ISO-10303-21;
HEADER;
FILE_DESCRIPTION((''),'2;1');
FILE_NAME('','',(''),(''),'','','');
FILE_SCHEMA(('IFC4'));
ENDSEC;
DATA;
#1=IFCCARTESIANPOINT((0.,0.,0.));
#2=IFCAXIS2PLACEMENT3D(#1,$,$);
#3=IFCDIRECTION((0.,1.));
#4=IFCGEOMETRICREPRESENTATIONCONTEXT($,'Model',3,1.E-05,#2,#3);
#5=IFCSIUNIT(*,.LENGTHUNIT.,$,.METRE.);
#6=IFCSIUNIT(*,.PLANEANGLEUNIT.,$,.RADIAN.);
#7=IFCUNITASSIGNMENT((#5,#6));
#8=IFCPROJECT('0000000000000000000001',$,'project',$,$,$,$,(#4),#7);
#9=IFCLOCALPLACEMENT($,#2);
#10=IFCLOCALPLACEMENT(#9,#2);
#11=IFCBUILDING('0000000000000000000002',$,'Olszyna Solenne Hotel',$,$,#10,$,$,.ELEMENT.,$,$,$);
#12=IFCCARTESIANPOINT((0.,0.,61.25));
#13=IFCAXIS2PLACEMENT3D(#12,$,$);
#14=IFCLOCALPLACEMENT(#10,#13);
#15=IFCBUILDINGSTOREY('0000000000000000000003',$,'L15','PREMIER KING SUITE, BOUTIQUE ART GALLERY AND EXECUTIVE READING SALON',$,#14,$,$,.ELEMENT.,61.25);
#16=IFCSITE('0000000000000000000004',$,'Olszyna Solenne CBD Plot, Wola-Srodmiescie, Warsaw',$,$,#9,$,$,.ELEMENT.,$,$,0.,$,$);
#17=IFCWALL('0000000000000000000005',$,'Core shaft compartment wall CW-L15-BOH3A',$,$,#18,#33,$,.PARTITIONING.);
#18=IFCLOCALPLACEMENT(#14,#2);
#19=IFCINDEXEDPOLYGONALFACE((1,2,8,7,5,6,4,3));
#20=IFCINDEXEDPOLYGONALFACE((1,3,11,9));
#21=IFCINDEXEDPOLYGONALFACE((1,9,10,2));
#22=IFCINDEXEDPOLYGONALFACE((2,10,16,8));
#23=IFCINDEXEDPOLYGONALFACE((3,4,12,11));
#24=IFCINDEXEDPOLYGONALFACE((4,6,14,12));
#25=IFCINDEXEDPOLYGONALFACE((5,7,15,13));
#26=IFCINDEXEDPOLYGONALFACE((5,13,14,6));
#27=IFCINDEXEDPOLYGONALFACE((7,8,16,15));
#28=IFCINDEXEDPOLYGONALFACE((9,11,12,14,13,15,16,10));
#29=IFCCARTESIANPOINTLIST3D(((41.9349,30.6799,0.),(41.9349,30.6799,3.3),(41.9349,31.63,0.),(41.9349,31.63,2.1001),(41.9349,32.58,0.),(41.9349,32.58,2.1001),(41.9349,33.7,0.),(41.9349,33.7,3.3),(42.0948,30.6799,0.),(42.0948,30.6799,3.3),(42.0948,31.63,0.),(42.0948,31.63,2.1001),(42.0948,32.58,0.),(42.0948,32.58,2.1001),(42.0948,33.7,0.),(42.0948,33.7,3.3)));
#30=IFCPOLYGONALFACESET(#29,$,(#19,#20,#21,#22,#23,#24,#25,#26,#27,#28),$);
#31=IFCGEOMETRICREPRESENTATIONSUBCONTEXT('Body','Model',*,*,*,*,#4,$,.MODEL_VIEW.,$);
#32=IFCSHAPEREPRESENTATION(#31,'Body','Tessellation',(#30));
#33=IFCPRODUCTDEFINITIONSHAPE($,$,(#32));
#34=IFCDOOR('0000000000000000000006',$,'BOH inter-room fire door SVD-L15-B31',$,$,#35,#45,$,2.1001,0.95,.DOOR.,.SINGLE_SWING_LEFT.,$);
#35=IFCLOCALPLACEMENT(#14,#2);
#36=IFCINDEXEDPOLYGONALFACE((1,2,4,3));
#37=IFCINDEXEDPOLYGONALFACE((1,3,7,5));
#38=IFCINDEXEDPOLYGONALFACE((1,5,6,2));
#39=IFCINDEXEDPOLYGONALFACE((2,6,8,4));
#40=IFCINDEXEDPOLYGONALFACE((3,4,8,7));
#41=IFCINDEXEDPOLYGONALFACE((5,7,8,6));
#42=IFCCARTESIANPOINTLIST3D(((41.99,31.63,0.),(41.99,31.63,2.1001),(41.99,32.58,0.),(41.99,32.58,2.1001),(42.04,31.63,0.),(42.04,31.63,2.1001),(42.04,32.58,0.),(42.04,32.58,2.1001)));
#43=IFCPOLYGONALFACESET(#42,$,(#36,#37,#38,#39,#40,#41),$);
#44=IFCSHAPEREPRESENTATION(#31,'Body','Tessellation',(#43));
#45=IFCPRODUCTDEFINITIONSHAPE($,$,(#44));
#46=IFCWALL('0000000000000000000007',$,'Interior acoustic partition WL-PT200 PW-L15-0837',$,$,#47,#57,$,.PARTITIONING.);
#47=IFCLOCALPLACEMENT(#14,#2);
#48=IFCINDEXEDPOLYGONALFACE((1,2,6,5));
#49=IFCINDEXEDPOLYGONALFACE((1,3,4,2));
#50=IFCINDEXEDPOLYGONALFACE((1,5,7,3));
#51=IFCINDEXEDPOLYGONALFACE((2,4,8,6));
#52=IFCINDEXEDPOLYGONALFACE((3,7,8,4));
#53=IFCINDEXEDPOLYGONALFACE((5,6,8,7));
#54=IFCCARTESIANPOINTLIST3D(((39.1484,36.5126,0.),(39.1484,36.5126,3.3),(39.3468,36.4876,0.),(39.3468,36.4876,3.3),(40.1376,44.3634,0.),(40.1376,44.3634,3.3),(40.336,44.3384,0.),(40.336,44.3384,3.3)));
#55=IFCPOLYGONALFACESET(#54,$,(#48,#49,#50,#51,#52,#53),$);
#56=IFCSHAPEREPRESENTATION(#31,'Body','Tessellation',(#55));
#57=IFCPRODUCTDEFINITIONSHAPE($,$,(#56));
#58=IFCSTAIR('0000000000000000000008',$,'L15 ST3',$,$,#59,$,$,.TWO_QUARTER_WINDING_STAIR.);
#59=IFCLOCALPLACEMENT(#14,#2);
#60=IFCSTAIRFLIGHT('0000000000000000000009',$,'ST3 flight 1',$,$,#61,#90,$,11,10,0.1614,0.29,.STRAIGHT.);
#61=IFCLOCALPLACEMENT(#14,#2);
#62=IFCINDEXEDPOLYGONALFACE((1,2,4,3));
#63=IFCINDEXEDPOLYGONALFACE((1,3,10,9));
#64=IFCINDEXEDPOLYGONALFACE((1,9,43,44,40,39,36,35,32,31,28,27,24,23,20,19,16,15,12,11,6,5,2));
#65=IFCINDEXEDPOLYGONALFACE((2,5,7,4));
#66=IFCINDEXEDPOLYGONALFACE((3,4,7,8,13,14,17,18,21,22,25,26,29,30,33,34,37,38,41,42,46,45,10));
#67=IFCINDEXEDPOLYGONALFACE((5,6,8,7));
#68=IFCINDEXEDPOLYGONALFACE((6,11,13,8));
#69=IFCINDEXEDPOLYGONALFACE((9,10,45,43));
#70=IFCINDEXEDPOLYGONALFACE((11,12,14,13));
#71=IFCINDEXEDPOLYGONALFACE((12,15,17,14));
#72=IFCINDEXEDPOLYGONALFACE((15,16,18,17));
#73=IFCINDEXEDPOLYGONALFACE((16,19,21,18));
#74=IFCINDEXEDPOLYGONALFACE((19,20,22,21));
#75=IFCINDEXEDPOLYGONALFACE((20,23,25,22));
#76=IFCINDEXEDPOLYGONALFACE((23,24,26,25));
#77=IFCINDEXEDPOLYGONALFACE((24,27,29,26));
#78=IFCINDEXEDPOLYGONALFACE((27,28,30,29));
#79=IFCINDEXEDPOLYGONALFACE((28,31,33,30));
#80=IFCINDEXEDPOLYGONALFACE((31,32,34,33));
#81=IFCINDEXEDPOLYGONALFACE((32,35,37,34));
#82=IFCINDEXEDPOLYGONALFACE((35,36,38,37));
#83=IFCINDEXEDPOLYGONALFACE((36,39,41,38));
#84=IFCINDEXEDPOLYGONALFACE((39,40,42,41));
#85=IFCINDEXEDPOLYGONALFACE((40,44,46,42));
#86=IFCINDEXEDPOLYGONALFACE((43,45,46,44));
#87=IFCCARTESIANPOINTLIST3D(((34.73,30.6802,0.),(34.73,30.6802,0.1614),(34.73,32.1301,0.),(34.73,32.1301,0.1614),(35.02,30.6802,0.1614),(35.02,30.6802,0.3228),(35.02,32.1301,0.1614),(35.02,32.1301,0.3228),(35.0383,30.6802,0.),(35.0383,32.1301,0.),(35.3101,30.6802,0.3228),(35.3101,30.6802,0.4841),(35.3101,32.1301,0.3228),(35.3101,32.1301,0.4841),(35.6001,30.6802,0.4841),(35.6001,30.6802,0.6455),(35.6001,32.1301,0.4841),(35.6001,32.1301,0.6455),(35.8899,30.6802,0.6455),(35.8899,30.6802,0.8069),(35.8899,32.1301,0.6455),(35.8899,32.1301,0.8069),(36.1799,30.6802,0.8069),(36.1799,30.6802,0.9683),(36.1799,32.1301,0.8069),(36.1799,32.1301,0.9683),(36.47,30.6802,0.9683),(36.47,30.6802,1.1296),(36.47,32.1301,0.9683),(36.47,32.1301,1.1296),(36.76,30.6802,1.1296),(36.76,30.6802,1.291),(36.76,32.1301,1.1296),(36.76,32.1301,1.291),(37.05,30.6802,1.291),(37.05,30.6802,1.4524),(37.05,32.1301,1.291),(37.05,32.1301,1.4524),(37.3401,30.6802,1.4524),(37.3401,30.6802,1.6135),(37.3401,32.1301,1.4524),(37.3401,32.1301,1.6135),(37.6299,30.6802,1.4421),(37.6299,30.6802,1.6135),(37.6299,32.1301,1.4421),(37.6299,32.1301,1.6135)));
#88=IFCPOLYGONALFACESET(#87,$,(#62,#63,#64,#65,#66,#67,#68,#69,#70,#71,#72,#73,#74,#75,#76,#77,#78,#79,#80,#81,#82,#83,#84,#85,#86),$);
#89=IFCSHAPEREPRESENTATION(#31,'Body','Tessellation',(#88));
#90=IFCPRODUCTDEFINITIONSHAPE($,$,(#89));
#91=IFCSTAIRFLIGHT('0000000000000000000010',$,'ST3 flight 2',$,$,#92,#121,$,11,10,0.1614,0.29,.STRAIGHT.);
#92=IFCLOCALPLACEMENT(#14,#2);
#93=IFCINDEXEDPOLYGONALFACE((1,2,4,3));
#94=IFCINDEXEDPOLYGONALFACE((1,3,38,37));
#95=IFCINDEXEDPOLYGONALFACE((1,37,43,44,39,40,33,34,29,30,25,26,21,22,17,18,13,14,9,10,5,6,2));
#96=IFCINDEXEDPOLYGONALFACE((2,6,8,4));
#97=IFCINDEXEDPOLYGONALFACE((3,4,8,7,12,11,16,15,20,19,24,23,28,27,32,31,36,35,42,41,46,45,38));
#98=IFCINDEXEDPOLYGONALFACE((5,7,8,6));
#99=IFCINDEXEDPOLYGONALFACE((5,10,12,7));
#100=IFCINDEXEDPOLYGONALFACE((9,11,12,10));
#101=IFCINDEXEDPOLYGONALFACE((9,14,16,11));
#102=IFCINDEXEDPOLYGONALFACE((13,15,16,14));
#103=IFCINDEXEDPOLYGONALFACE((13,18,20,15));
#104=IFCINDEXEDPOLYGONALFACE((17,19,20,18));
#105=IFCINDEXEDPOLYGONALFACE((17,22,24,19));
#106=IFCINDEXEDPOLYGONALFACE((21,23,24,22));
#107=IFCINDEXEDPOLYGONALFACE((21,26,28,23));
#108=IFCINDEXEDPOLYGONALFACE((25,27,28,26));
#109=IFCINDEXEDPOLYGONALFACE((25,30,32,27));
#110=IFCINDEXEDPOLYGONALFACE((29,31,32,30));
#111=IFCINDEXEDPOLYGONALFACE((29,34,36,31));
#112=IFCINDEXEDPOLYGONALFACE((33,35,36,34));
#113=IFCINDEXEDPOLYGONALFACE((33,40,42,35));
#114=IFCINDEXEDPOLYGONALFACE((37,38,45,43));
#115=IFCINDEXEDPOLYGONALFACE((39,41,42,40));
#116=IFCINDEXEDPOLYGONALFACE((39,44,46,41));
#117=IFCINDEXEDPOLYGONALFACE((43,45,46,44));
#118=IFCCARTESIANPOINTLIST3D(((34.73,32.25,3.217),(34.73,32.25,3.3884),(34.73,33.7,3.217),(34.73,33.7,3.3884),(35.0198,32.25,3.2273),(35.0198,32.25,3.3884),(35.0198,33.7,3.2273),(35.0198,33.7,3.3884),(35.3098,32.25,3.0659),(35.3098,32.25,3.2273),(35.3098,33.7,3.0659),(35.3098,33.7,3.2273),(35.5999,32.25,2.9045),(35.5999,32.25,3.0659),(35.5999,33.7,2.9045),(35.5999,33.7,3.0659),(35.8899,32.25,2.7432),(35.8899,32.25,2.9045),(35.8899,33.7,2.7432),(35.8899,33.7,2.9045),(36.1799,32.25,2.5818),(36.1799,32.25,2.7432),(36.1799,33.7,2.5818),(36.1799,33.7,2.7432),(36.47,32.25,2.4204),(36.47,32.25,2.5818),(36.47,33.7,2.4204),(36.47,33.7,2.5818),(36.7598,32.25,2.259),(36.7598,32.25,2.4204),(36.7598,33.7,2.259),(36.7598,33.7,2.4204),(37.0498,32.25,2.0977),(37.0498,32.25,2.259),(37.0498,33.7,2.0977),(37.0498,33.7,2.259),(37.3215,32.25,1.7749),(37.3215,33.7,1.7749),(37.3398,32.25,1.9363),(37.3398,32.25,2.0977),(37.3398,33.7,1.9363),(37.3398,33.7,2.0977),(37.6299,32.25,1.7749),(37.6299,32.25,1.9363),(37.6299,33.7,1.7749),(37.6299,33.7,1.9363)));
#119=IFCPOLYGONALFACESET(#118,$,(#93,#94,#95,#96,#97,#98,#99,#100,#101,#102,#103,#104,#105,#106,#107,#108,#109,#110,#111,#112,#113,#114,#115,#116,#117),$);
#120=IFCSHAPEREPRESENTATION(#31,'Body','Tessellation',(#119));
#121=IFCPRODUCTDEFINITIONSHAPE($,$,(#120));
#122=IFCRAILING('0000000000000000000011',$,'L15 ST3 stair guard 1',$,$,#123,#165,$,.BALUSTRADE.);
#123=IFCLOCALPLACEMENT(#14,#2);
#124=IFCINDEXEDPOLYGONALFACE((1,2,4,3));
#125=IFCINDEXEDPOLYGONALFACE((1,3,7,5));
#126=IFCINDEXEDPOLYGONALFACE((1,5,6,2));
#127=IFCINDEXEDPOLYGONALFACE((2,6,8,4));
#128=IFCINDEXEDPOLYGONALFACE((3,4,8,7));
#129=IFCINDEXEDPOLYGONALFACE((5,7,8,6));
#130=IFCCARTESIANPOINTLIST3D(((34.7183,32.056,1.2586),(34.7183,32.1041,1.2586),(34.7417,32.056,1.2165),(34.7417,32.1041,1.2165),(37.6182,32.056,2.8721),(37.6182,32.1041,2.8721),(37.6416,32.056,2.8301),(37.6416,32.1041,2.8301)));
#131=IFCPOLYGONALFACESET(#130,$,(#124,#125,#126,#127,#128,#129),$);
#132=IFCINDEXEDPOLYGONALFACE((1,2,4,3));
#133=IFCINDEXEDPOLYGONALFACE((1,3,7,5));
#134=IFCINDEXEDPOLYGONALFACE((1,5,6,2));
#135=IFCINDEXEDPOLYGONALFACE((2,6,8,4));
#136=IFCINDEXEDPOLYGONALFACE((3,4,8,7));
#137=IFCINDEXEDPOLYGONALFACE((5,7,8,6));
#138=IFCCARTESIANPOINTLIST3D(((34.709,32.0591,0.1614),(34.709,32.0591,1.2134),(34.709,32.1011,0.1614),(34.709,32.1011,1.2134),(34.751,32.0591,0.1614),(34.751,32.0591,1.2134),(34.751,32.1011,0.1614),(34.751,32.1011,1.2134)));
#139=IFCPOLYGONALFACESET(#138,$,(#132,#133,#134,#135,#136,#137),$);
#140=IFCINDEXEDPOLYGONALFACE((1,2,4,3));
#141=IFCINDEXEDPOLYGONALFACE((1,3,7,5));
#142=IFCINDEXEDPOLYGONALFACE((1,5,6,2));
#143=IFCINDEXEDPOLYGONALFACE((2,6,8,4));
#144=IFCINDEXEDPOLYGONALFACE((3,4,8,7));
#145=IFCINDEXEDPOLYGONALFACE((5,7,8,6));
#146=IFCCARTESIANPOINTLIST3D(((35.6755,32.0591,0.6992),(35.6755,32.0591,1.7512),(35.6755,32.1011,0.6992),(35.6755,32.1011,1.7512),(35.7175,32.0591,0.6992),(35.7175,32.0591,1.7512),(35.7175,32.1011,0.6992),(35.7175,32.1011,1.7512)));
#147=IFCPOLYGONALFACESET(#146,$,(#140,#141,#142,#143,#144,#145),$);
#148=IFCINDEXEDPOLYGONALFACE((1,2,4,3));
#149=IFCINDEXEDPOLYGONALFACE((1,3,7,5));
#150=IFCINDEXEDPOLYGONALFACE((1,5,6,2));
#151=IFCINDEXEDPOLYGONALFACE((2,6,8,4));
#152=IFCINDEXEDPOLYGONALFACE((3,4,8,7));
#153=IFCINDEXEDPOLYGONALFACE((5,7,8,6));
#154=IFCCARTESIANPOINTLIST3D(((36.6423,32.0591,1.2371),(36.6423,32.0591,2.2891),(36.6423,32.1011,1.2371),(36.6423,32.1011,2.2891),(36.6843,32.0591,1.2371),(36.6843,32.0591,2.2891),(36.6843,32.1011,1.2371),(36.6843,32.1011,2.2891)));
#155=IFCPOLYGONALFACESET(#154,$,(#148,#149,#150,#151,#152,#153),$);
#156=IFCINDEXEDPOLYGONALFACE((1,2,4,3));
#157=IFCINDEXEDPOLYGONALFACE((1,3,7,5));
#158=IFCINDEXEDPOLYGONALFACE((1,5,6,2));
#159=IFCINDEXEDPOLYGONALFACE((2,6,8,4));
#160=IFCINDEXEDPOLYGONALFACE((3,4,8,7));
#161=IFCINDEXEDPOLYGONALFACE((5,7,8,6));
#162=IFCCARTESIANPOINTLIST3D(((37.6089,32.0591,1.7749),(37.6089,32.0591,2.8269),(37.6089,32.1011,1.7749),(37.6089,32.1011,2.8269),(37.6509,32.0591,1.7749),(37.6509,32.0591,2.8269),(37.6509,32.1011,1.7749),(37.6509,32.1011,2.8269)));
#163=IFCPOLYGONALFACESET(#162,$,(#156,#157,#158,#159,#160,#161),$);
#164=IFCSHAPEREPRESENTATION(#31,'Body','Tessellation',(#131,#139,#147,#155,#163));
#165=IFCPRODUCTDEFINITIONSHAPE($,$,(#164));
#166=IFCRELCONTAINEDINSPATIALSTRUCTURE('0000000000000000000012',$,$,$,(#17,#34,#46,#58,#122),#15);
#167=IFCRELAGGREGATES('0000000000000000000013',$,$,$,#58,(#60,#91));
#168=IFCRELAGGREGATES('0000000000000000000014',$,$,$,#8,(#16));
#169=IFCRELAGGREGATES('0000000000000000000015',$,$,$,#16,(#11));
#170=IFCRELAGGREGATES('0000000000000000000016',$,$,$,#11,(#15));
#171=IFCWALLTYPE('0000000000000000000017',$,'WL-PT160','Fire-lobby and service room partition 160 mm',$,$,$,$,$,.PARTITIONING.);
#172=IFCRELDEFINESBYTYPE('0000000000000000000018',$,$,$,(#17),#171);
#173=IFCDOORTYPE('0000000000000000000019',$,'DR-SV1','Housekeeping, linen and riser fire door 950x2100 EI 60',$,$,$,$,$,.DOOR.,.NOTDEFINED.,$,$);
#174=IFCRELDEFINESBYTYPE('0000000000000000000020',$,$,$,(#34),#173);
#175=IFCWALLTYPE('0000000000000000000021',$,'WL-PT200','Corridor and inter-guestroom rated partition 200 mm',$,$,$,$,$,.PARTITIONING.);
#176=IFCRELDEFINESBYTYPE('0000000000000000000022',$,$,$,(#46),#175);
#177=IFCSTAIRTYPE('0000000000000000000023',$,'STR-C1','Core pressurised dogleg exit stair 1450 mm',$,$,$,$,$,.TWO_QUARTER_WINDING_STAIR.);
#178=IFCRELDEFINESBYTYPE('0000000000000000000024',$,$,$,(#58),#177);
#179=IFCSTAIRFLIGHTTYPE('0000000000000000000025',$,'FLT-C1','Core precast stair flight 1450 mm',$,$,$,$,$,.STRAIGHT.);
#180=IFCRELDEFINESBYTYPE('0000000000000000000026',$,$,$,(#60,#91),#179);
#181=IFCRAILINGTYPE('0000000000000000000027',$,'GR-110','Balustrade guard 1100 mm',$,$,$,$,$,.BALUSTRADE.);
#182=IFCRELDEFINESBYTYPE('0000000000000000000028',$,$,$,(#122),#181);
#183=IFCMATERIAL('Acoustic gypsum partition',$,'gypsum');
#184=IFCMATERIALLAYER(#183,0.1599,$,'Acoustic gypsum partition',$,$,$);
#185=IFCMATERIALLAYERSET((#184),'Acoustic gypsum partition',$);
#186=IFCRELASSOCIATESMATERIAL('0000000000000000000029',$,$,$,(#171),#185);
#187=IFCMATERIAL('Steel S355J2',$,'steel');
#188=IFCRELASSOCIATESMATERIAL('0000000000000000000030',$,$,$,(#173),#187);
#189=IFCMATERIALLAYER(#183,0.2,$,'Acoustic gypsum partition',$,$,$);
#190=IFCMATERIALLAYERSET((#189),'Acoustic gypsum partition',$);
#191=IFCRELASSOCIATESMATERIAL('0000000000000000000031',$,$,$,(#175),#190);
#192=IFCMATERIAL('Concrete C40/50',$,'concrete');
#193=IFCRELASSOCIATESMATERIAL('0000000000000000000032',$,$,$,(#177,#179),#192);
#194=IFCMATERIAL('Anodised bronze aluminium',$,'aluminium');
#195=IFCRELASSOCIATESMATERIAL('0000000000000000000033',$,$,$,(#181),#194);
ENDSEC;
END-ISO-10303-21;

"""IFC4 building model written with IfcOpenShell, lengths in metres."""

from ifc_helpers import new_model, si_unit, direction, frame, frame_2d, origin, origin_2d, place, context, subcontext, project, spatial, polyline, rectangle, outline, extrude, source, transform, mapped, material, layer, layer_set, type_object, type_shapes, element, fill, aggregate, save


model = new_model("IFC4")

# Units and contexts
model_context = context("Model", 3, precision=1e-05, world=origin(), true_north=direction((0.0, 1.0)))
body_context = subcontext(model_context, "Body", "Model", "MODEL_VIEW")
ifc_project = project(units=[si_unit("LENGTHUNIT", "METRE"), si_unit("PLANEANGLEUNIT", "RADIAN")], contexts=[model_context])

# Site, building, storey
site_placement = place(None, origin())
site = spatial("IfcSite", under=ifc_project, at=site_placement, Name="Olszyna Solenne CBD Plot, Wola-Srodmiescie, Warsaw", CompositionType="ELEMENT", RefElevation=0.0)
building_placement = place(site_placement, origin())
building = spatial("IfcBuilding", under=site, at=building_placement, Name="Olszyna Solenne Hotel", CompositionType="ELEMENT")
storey_placement = place(building_placement, frame((0.0, 0.0, 61.25)))
storey = spatial("IfcBuildingStorey", under=building, at=storey_placement, Name="L15", Description="PREMIER KING SUITE, BOUTIQUE ART GALLERY AND EXECUTIVE READING SALON", CompositionType="ELEMENT", Elevation=61.25)

# Shared definitions
ifc_material_1 = material(Name="Steel S355J2", Category="steel")

# Shared definitions
ifc_material_2 = material(Name="Anodised bronze aluminium", Category="aluminium")

# Shared definitions
ifc_material_3 = material(Name="Acoustic gypsum partition", Category="gypsum")

# Shared definitions
ifc_layer_1 = layer(ifc_material_3, 0.1599, Name="Acoustic gypsum partition")
ifc_layer_set_1 = layer_set([ifc_layer_1], Name="Acoustic gypsum partition")
wall_type_1 = type_object("IfcWallType", Name="WL-PT160", Description="Fire-lobby and service room partition 160 mm", PredefinedType="PARTITIONING", material=ifc_layer_set_1)

# Wall, opening, door
wall_1_placement = place(storey_placement, frame((42.0149, 30.6799, 0.0), z_axis=(0.0, 0.0, 1.0), x_axis=(0.0, 1.0, 0.0)))
wall_1 = element("IfcWall", 1, at=wall_1_placement, inside=storey, type_object=wall_type_1, Name="Core shaft compartment wall CW-L15-BOH3A", PredefinedType="PARTITIONING", context=body_context, shape_type="SweptSolid", body=[
    extrude(rectangle(XDim=3.02, YDim=0.1599, at=frame_2d((1.51, 0.0))), origin(), (0.0, 0.0, 1.0), 3.3),
])
opening_1_placement = place(wall_1_placement, frame((0.95, 0.0, 0.0)))
opening_1 = element("IfcOpeningElement", 2, at=opening_1_placement, cuts=wall_1, PredefinedType="OPENING", context=body_context, shape_type="SweptSolid", body=[
    extrude(rectangle(XDim=0.95, YDim=2.1001, at=frame_2d((0.4751, 1.05))), frame((0.0, 0.0898, 0.0), z_axis=(0.0, -1.0, 0.0), x_axis=(1.0, 0.0, 0.0)), (0.0, 0.0, 1.0), 0.1799),
])
door_type_1 = type_object("IfcDoorType", Name="DR-SV1", Description="Housekeeping, linen and riser fire door 950x2100 EI 60", OperationType="NOTDEFINED", PredefinedType="DOOR", material=ifc_material_1)
shared_shape_1 = source(origin(), body_context, "Body", "SweptSolid", [
    extrude(rectangle(XDim=0.95, YDim=2.1001, at=frame_2d((0.4751, 1.05))), frame((0.0, 0.0249, 0.0), z_axis=(0.0, -1.0, 0.0), x_axis=(1.0, 0.0, 0.0)), (0.0, 0.0, 1.0), 0.05),
])
type_shapes(door_type_1, [shared_shape_1])
door_1_placement = place(opening_1_placement, origin())
door_1 = element("IfcDoor", 3, at=door_1_placement, inside=storey, type_object=door_type_1, Name="BOH inter-room fire door SVD-L15-B31", OperationType="SINGLE_SWING_LEFT", OverallHeight=2.1001, OverallWidth=0.95, PredefinedType="DOOR", context=body_context, shape_type="MappedRepresentation", body=[
    mapped(shared_shape_1, transform((0.0, 0.0, 0.0), x_axis=(1.0, 0.0, 0.0), y_axis=(0.0, 1.0, 0.0), z_axis=(0.0, 0.0, 1.0), scale=1.0)),
])
fill(opening_1, door_1)

# Wall
ifc_layer_2 = layer(ifc_material_3, 0.2, Name="Acoustic gypsum partition")
ifc_layer_set_2 = layer_set([ifc_layer_2], Name="Acoustic gypsum partition")
wall_type_2 = type_object("IfcWallType", Name="WL-PT200", Description="Corridor and inter-guestroom rated partition 200 mm", PredefinedType="PARTITIONING", material=ifc_layer_set_2)
wall_2_placement = place(storey_placement, frame((39.2476, 36.5, 0.0), z_axis=(0.0, 0.0, 1.0), x_axis=(0.125018, 0.992154, 0.0)))
element("IfcWall", 4, at=wall_2_placement, inside=storey, type_object=wall_type_2, Name="Interior acoustic partition WL-PT200 PW-L15-0837", PredefinedType="PARTITIONING", context=body_context, shape_type="SweptSolid", body=[
    extrude(rectangle(XDim=7.9128, YDim=0.2, at=frame_2d((3.9565, 0.0))), origin(), (0.0, 0.0, 1.0), 3.3),
])

# Stair, stair flights
ifc_material_4 = material(Name="Concrete C40/50", Category="concrete")
stair_type = type_object("IfcStairType", Name="STR-C1", Description="Core pressurised dogleg exit stair 1450 mm", PredefinedType="TWO_QUARTER_WINDING_STAIR", material=ifc_material_4)
stair_placement = place(storey_placement, origin())
stair = element("IfcStair", 5, at=stair_placement, inside=storey, type_object=stair_type, Name="L15 ST3", PredefinedType="TWO_QUARTER_WINDING_STAIR")
stair_flight_type = type_object("IfcStairFlightType", Name="FLT-C1", Description="Core precast stair flight 1450 mm", PredefinedType="STRAIGHT", material=ifc_material_4)
stair_flight_1_placement = place(storey_placement, frame((34.73, 31.405, 0.0), z_axis=(0.0, 0.0, 1.0), x_axis=(1.0, 0.0, 0.0)))
stair_flight_1 = element("IfcStairFlight", 6, at=stair_flight_1_placement, type_object=stair_flight_type, Name="ST3 flight 1", NumberOfRisers=11, NumberOfTreads=10, PredefinedType="STRAIGHT", RiserHeight=0.1614, TreadLength=0.29, context=body_context, shape_type="SweptSolid", body=[
    extrude(outline(polyline([(0.0, 0.0), (0.0, 0.1614), (0.29, 0.1614), (0.29, 0.3228), (0.5801, 0.3228), (0.5801, 0.4841), (0.8701, 0.4841), (0.8701, 0.6455), (1.1599, 0.6455), (1.1599, 0.8069), (1.45, 0.8069), (1.45, 0.9683), (1.74, 0.9683), (1.74, 1.1296), (2.03, 1.1296), (2.03, 1.291), (2.3201, 1.291), (2.3201, 1.4524), (2.6101, 1.4524), (2.6101, 1.6135), (2.8999, 1.6135), (2.8999, 1.7749), (2.8999, 1.4421), (0.3083, 0.0), (0.0, 0.0)])), frame((0.0, 0.7251, 0.0), z_axis=(0.0, -1.0, 0.0), x_axis=(1.0, 0.0, 0.0)), (0.0, 0.0, 1.0), 1.45),
])
stair_flight_2_placement = place(storey_placement, frame((37.6299, 32.9751, 1.7749), z_axis=(0.0, 0.0, 1.0), x_axis=(-1.0, 0.0, 0.0)))
stair_flight_2 = element("IfcStairFlight", 7, at=stair_flight_2_placement, type_object=stair_flight_type, Name="ST3 flight 2", NumberOfRisers=11, NumberOfTreads=10, PredefinedType="STRAIGHT", RiserHeight=0.1614, TreadLength=0.29, context=body_context, shape_type="SweptSolid", body=[
    extrude(outline(polyline([(0.0, 0.0), (0.0, 0.1614), (0.29, 0.1614), (0.29, 0.3228), (0.5801, 0.3228), (0.5801, 0.4841), (0.8701, 0.4841), (0.8701, 0.6455), (1.1599, 0.6455), (1.1599, 0.8069), (1.45, 0.8069), (1.45, 0.9683), (1.74, 0.9683), (1.74, 1.1296), (2.03, 1.1296), (2.03, 1.291), (2.3201, 1.291), (2.3201, 1.4524), (2.6101, 1.4524), (2.6101, 1.6135), (2.8999, 1.6135), (2.8999, 1.7749), (2.8999, 1.4421), (0.3083, 0.0), (0.0, 0.0)])), frame((0.0, 0.7251, 0.0), z_axis=(0.0, -1.0, 0.0), x_axis=(1.0, 0.0, 0.0)), (0.0, 0.0, 1.0), 1.45),
])
aggregate(stair, [stair_flight_1, stair_flight_2])

# Railing
railing_type_1 = type_object("IfcRailingType", Name="GR-110", Description="Balustrade guard 1100 mm", PredefinedType="BALUSTRADE", material=ifc_material_2)
railing_1_placement = place(storey_placement, frame((34.73, 32.0801, 0.1614)))
element("IfcRailing", 8, at=railing_1_placement, inside=storey, type_object=railing_type_1, Name="L15 ST3 stair guard 1", PredefinedType="BALUSTRADE", context=body_context, shape_type="SweptSolid", body=[
    extrude(rectangle(XDim=0.0481, YDim=0.0481, at=origin_2d()), frame((0.0, 0.0, 1.0762), z_axis=(0.873841, 0.0, 0.486211), x_axis=(0.0, 1.0, 0.0)), (0.0, 0.0, 1.0), 3.3186),
    extrude(rectangle(XDim=0.042, YDim=0.042, at=origin_2d()), origin(), (0.0, 0.0, 1.0), 1.052),
    extrude(rectangle(XDim=0.042, YDim=0.042, at=origin_2d()), frame((0.9666, 0.0, 0.5378)), (0.0, 0.0, 1.0), 1.052),
    extrude(rectangle(XDim=0.042, YDim=0.042, at=origin_2d()), frame((1.9333, 0.0, 1.0757)), (0.0, 0.0, 1.0), 1.052),
    extrude(rectangle(XDim=0.042, YDim=0.042, at=origin_2d()), frame((2.8999, 0.0, 1.6135)), (0.0, 0.0, 1.0), 1.052),
])

save(model, "model.ifc")
